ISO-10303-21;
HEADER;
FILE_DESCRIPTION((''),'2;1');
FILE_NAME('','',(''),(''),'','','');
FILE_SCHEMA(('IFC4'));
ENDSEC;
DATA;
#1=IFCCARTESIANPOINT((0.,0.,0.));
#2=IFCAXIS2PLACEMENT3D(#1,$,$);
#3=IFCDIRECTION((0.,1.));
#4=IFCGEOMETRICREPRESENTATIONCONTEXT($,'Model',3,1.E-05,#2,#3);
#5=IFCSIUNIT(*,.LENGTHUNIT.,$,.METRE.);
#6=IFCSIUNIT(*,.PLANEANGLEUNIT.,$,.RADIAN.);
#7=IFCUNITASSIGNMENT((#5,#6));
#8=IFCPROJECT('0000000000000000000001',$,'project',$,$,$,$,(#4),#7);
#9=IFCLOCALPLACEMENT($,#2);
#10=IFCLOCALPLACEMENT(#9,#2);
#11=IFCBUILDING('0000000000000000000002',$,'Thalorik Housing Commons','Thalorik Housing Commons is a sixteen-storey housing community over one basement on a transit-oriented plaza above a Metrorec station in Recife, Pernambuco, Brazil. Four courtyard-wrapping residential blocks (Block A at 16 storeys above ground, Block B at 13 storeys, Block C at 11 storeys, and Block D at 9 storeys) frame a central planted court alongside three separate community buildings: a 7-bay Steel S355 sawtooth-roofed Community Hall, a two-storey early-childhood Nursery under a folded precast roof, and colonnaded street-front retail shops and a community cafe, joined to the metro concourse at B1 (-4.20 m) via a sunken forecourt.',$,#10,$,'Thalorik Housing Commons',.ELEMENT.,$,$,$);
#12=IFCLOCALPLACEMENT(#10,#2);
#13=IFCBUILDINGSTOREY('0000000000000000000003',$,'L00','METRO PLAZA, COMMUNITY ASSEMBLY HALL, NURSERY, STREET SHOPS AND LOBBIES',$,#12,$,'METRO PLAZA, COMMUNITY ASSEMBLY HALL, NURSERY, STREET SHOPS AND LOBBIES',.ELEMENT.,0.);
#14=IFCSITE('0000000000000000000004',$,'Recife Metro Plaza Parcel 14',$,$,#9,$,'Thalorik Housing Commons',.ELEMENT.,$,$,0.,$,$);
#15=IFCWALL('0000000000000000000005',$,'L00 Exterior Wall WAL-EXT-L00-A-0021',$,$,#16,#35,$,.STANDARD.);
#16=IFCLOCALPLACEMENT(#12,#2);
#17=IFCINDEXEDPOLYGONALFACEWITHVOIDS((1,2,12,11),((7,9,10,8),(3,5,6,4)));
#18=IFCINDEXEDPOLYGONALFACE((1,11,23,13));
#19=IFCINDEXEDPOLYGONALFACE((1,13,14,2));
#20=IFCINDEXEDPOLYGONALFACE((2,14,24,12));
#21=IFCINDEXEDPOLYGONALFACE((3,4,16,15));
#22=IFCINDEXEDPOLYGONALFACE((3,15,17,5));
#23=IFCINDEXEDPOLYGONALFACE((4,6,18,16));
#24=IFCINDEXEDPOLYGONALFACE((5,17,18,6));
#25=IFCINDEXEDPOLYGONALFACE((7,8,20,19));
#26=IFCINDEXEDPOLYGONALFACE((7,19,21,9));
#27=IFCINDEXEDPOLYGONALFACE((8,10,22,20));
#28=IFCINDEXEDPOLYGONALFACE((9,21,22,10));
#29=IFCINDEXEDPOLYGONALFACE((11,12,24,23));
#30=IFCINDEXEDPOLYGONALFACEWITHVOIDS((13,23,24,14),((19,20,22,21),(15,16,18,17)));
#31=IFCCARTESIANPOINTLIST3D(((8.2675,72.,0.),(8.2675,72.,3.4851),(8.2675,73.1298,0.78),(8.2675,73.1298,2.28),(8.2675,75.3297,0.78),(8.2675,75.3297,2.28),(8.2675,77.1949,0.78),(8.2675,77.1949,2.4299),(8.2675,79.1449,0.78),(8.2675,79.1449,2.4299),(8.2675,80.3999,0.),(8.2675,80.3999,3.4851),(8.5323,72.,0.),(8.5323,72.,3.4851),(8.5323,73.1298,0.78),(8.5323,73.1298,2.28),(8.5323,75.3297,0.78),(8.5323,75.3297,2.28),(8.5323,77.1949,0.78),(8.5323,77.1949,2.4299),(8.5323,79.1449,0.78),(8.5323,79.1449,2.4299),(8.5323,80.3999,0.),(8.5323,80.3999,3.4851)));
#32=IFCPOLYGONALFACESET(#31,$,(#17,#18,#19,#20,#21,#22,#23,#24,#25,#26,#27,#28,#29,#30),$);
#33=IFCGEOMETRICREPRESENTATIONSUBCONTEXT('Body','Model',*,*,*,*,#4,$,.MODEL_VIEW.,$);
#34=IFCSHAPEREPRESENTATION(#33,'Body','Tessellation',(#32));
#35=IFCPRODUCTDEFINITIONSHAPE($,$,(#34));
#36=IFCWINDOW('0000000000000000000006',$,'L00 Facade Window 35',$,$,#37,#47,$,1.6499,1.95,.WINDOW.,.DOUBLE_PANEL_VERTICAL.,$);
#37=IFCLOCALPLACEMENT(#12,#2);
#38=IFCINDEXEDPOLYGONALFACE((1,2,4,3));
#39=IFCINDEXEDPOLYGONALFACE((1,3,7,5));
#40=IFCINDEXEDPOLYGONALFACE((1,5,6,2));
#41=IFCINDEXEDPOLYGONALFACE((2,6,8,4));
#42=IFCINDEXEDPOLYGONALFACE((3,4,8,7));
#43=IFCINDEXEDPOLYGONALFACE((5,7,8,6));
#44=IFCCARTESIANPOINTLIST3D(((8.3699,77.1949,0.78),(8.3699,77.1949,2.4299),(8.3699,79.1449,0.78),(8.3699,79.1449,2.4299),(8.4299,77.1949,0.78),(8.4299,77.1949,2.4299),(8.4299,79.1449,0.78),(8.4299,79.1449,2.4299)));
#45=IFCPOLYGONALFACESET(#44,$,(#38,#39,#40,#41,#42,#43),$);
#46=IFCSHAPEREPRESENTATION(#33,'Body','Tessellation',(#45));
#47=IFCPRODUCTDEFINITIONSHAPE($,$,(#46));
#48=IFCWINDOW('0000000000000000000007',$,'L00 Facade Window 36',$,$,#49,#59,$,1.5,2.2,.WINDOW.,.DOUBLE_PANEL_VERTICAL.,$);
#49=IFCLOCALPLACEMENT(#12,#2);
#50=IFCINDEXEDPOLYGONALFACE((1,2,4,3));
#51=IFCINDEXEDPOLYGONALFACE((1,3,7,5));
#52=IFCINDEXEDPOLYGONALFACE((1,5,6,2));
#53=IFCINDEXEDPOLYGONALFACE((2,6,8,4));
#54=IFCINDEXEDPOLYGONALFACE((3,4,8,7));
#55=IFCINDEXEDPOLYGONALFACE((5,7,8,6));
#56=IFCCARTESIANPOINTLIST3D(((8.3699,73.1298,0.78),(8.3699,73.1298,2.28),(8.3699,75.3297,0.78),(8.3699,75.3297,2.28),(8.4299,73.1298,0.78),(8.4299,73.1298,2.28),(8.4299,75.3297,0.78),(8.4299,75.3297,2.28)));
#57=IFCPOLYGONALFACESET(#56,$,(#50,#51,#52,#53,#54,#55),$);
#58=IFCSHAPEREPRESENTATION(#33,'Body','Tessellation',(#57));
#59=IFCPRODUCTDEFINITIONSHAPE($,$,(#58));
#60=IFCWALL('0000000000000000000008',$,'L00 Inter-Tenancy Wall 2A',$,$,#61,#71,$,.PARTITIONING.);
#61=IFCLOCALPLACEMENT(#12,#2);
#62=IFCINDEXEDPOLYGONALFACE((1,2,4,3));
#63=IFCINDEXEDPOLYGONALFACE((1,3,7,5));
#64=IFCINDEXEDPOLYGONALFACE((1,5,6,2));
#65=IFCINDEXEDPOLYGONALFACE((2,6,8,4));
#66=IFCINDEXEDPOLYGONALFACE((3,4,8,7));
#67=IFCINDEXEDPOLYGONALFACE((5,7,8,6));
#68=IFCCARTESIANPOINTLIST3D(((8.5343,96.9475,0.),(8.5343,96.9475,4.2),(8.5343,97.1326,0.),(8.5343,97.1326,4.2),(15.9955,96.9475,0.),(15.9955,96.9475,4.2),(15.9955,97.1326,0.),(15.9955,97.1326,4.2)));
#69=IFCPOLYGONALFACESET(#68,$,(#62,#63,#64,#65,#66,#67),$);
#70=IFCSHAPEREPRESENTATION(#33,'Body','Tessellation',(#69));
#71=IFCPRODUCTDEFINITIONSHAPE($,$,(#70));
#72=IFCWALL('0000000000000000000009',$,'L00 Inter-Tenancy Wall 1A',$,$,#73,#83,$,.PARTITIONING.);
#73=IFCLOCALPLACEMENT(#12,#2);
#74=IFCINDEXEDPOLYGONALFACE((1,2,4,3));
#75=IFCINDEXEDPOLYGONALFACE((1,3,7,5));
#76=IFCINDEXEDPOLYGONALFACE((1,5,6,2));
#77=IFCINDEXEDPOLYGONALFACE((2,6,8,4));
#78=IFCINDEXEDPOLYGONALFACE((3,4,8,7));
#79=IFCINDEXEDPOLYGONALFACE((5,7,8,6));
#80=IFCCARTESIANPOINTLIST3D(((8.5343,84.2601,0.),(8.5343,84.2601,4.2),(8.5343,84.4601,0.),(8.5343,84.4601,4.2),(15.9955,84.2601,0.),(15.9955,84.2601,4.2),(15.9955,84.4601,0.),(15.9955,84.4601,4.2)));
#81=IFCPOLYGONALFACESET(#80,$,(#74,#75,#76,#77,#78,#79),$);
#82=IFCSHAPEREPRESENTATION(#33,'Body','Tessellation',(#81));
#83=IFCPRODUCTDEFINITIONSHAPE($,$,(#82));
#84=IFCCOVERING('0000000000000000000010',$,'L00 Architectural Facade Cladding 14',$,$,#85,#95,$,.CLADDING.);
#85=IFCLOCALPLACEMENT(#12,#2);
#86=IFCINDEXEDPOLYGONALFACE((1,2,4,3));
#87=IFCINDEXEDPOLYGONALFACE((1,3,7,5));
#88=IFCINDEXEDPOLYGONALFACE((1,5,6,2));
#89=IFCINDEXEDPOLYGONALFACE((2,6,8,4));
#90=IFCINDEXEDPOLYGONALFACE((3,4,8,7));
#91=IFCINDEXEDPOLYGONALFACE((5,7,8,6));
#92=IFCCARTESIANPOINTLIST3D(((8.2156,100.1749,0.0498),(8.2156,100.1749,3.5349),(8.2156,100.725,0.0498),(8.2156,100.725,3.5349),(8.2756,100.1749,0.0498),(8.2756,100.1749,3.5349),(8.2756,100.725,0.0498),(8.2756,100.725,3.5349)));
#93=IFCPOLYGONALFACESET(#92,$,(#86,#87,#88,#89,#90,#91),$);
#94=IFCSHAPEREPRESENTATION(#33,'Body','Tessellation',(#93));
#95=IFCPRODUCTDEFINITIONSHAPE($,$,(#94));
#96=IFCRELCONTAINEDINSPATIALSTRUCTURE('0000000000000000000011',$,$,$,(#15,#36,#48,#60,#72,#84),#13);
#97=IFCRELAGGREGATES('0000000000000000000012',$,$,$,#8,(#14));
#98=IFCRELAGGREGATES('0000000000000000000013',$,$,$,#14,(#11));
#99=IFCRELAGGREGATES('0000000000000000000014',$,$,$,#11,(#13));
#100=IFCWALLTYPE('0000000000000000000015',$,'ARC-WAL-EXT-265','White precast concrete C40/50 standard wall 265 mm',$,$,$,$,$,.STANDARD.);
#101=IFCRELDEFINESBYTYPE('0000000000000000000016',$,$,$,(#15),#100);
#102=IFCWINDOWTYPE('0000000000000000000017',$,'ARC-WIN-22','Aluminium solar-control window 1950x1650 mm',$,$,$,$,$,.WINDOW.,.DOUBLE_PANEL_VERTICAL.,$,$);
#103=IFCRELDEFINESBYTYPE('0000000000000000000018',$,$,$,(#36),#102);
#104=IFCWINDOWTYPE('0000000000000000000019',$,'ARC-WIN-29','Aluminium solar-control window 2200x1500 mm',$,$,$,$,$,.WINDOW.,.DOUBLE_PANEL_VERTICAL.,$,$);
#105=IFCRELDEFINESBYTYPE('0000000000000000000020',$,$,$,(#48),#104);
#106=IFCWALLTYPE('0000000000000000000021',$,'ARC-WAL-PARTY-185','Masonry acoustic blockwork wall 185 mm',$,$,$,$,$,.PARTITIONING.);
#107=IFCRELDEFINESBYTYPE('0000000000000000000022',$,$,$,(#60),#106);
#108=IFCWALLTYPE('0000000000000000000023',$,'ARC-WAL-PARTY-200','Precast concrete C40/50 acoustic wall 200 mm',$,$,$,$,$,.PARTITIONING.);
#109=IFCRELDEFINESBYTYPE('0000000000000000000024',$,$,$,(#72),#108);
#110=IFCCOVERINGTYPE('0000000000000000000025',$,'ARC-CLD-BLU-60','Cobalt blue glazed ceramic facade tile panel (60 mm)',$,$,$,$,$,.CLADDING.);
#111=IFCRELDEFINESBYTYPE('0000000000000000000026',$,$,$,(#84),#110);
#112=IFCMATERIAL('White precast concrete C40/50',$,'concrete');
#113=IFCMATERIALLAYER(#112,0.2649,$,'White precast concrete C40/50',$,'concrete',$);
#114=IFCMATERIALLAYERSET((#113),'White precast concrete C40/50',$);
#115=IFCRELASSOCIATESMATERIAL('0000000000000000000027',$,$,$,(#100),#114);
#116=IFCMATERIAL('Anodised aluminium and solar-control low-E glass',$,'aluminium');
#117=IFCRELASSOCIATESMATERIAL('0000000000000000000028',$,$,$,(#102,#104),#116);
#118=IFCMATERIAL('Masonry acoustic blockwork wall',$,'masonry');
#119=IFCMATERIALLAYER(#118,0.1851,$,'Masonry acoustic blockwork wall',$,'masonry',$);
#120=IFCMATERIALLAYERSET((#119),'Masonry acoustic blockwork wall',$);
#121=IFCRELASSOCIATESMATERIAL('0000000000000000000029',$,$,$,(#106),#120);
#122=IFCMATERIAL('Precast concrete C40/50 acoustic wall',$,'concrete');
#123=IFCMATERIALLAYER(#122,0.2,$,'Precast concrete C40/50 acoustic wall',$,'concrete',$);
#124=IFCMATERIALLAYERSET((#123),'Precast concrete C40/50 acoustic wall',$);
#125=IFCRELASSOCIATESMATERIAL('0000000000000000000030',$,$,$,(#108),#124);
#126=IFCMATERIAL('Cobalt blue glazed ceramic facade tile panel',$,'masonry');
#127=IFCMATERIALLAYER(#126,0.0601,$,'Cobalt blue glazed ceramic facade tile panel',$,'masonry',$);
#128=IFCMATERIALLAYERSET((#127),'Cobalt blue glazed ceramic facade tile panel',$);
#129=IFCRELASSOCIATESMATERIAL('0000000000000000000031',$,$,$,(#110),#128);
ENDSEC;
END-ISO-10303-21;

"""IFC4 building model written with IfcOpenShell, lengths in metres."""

from ifc_helpers import new_model, si_unit, direction, frame, frame_2d, origin, origin_2d, place, context, subcontext, project, spatial, rectangle, extrude, material, layer, layer_set, type_object, element, fill, save


model = new_model("IFC4")

# Units and contexts
model_context = context("Model", 3, precision=1e-05, world=origin(), true_north=direction((0.0, 1.0)))
body_context = subcontext(model_context, "Body", "Model", "MODEL_VIEW")
ifc_project = project(units=[si_unit("LENGTHUNIT", "METRE"), si_unit("PLANEANGLEUNIT", "RADIAN")], contexts=[model_context])

# Site, building, storey
site_placement = place(None, origin())
site = spatial("IfcSite", under=ifc_project, at=site_placement, Name="Recife Metro Plaza Parcel 14", LongName="Thalorik Housing Commons", CompositionType="ELEMENT", RefElevation=0.0)
building_placement = place(site_placement, origin())
building = spatial("IfcBuilding", under=site, at=building_placement, Name="Thalorik Housing Commons", Description="Thalorik Housing Commons is a sixteen-storey housing community over one basement on a transit-oriented plaza above a Metrorec station in Recife, Pernambuco, Brazil. Four courtyard-wrapping residential blocks (Block A at 16 storeys above ground, Block B at 13 storeys, Block C at 11 storeys, and Block D at 9 storeys) frame a central planted court alongside three separate community buildings: a 7-bay Steel S355 sawtooth-roofed Community Hall, a two-storey early-childhood Nursery under a folded precast roof, and colonnaded street-front retail shops and a community cafe, joined to the metro concourse at B1 (-4.20 m) via a sunken forecourt.", LongName="Thalorik Housing Commons", CompositionType="ELEMENT")
storey_placement = place(building_placement, origin())
storey = spatial("IfcBuildingStorey", under=building, at=storey_placement, Name="L00", Description="METRO PLAZA, COMMUNITY ASSEMBLY HALL, NURSERY, STREET SHOPS AND LOBBIES", LongName="METRO PLAZA, COMMUNITY ASSEMBLY HALL, NURSERY, STREET SHOPS AND LOBBIES", CompositionType="ELEMENT", Elevation=0.0)

# Shared definitions
ifc_material_1 = material(Name="White precast concrete C40/50", Category="concrete")
ifc_layer_1 = layer(ifc_material_1, 0.2649, Name="White precast concrete C40/50", Category="concrete")
ifc_layer_set_1 = layer_set([ifc_layer_1], Name="White precast concrete C40/50")
wall_type_1 = type_object("IfcWallType", Name="ARC-WAL-EXT-265", Description="White precast concrete C40/50 standard wall 265 mm", PredefinedType="STANDARD", material=ifc_layer_set_1)
ifc_material_2 = material(Name="Anodised aluminium and solar-control low-E glass", Category="aluminium")

# Wall, openings, windows
wall_1_placement = place(storey_placement, frame((8.3999, 80.3999, 0.0), z_axis=(0.0, 0.0, 1.0), x_axis=(0.0, -1.0, 0.0)))
wall_1 = element("IfcWall", 1, at=wall_1_placement, inside=storey, type_object=wall_type_1, Name="L00 Exterior Wall WAL-EXT-L00-A-0021", PredefinedType="STANDARD", context=body_context, shape_type="SweptSolid", body=[
    extrude(rectangle(XDim=8.3999, YDim=0.2649, at=frame_2d((4.2, 0.0))), origin(), (0.0, 0.0, 1.0), 3.4851),
])
opening_1_placement = place(wall_1_placement, frame((1.2549, 0.0, 0.78)))
opening_1 = element("IfcOpeningElement", 2, at=opening_1_placement, cuts=wall_1, PredefinedType="OPENING", context=body_context, shape_type="SweptSolid", body=[
    extrude(rectangle(XDim=1.95, YDim=1.6499, at=frame_2d((0.9751, 0.825))), frame((0.0, 0.1426, 0.0), z_axis=(0.0, -1.0, 0.0), x_axis=(1.0, 0.0, 0.0)), (0.0, 0.0, 1.0), 0.2849),
])
opening_2_placement = place(wall_1_placement, frame((5.0701, 0.0, 0.78)))
opening_2 = element("IfcOpeningElement", 3, at=opening_2_placement, cuts=wall_1, PredefinedType="OPENING", context=body_context, shape_type="SweptSolid", body=[
    extrude(rectangle(XDim=2.2, YDim=1.5, at=frame_2d((1.1001, 0.75))), frame((0.0, 0.1426, 0.0), z_axis=(0.0, -1.0, 0.0), x_axis=(1.0, 0.0, 0.0)), (0.0, 0.0, 1.0), 0.2849),
])
window_type_1 = type_object("IfcWindowType", Name="ARC-WIN-22", Description="Aluminium solar-control window 1950x1650 mm", PartitioningType="DOUBLE_PANEL_VERTICAL", PredefinedType="WINDOW", material=ifc_material_2)
window_1_placement = place(opening_1_placement, origin())
window_1 = element("IfcWindow", 4, at=window_1_placement, inside=storey, type_object=window_type_1, Name="L00 Facade Window 35", OverallHeight=1.6499, OverallWidth=1.95, PartitioningType="DOUBLE_PANEL_VERTICAL", PredefinedType="WINDOW", context=body_context, shape_type="SweptSolid", body=[
    extrude(rectangle(XDim=1.95, YDim=1.6499, at=frame_2d((0.9751, 0.825))), frame((0.0, 0.03, 0.0), z_axis=(0.0, -1.0, 0.0), x_axis=(1.0, 0.0, 0.0)), (0.0, 0.0, 1.0), 0.0601),
])
fill(opening_1, window_1)
window_type_2 = type_object("IfcWindowType", Name="ARC-WIN-29", Description="Aluminium solar-control window 2200x1500 mm", PartitioningType="DOUBLE_PANEL_VERTICAL", PredefinedType="WINDOW", material=ifc_material_2)
window_2_placement = place(opening_2_placement, origin())
window_2 = element("IfcWindow", 5, at=window_2_placement, inside=storey, type_object=window_type_2, Name="L00 Facade Window 36", OverallHeight=1.5, OverallWidth=2.2, PartitioningType="DOUBLE_PANEL_VERTICAL", PredefinedType="WINDOW", context=body_context, shape_type="SweptSolid", body=[
    extrude(rectangle(XDim=2.2, YDim=1.5, at=frame_2d((1.1001, 0.75))), frame((0.0, 0.03, 0.0), z_axis=(0.0, -1.0, 0.0), x_axis=(1.0, 0.0, 0.0)), (0.0, 0.0, 1.0), 0.0601),
])
fill(opening_2, window_2)

# Walls
ifc_material_3 = material(Name="Masonry acoustic blockwork wall", Category="masonry")
ifc_layer_2 = layer(ifc_material_3, 0.1851, Name="Masonry acoustic blockwork wall", Category="masonry")
ifc_layer_set_2 = layer_set([ifc_layer_2], Name="Masonry acoustic blockwork wall")
wall_type_2 = type_object("IfcWallType", Name="ARC-WAL-PARTY-185", Description="Masonry acoustic blockwork wall 185 mm", PredefinedType="PARTITIONING", material=ifc_layer_set_2)
wall_2_placement = place(storey_placement, frame((8.5344, 97.04, 0.0), z_axis=(0.0, 0.0, 1.0), x_axis=(1.0, 0.0, 0.0)))
element("IfcWall", 6, at=wall_2_placement, inside=storey, type_object=wall_type_2, Name="L00 Inter-Tenancy Wall 2A", PredefinedType="PARTITIONING", context=body_context, shape_type="SweptSolid", body=[
    extrude(rectangle(XDim=7.4612, YDim=0.1851, at=frame_2d((3.7305, 0.0))), origin(), (0.0, 0.0, 1.0), 4.2),
])
ifc_material_4 = material(Name="Precast concrete C40/50 acoustic wall", Category="concrete")
ifc_layer_3 = layer(ifc_material_4, 0.2, Name="Precast concrete C40/50 acoustic wall", Category="concrete")
ifc_layer_set_3 = layer_set([ifc_layer_3], Name="Precast concrete C40/50 acoustic wall")
wall_type_3 = type_object("IfcWallType", Name="ARC-WAL-PARTY-200", Description="Precast concrete C40/50 acoustic wall 200 mm", PredefinedType="PARTITIONING", material=ifc_layer_set_3)
wall_3_placement = place(storey_placement, frame((8.5344, 84.3601, 0.0), z_axis=(0.0, 0.0, 1.0), x_axis=(1.0, 0.0, 0.0)))
element("IfcWall", 7, at=wall_3_placement, inside=storey, type_object=wall_type_3, Name="L00 Inter-Tenancy Wall 1A", PredefinedType="PARTITIONING", context=body_context, shape_type="SweptSolid", body=[
    extrude(rectangle(XDim=7.4612, YDim=0.2, at=frame_2d((3.7305, 0.0))), origin(), (0.0, 0.0, 1.0), 4.2),
])

# Covering
ifc_material_5 = material(Name="Cobalt blue glazed ceramic facade tile panel", Category="masonry")
ifc_layer_4 = layer(ifc_material_5, 0.0601, Name="Cobalt blue glazed ceramic facade tile panel", Category="masonry")
ifc_layer_set_4 = layer_set([ifc_layer_4], Name="Cobalt blue glazed ceramic facade tile panel")
covering_type = type_object("IfcCoveringType", Name="ARC-CLD-BLU-60", Description="Cobalt blue glazed ceramic facade tile panel (60 mm)", PredefinedType="CLADDING", material=ifc_layer_set_4)
covering_placement = place(storey_placement, frame((8.2456, 100.45, 0.0498), z_axis=(0.0, 0.0, 1.0), x_axis=(0.0, -1.0, 0.0)))
element("IfcCovering", 8, at=covering_placement, inside=storey, type_object=covering_type, Name="L00 Architectural Facade Cladding 14", PredefinedType="CLADDING", context=body_context, shape_type="SweptSolid", body=[
    extrude(rectangle(XDim=0.55, YDim=0.0601, at=origin_2d()), origin(), (0.0, 0.0, 1.0), 3.4851),
])

save(model, "model.ifc")
